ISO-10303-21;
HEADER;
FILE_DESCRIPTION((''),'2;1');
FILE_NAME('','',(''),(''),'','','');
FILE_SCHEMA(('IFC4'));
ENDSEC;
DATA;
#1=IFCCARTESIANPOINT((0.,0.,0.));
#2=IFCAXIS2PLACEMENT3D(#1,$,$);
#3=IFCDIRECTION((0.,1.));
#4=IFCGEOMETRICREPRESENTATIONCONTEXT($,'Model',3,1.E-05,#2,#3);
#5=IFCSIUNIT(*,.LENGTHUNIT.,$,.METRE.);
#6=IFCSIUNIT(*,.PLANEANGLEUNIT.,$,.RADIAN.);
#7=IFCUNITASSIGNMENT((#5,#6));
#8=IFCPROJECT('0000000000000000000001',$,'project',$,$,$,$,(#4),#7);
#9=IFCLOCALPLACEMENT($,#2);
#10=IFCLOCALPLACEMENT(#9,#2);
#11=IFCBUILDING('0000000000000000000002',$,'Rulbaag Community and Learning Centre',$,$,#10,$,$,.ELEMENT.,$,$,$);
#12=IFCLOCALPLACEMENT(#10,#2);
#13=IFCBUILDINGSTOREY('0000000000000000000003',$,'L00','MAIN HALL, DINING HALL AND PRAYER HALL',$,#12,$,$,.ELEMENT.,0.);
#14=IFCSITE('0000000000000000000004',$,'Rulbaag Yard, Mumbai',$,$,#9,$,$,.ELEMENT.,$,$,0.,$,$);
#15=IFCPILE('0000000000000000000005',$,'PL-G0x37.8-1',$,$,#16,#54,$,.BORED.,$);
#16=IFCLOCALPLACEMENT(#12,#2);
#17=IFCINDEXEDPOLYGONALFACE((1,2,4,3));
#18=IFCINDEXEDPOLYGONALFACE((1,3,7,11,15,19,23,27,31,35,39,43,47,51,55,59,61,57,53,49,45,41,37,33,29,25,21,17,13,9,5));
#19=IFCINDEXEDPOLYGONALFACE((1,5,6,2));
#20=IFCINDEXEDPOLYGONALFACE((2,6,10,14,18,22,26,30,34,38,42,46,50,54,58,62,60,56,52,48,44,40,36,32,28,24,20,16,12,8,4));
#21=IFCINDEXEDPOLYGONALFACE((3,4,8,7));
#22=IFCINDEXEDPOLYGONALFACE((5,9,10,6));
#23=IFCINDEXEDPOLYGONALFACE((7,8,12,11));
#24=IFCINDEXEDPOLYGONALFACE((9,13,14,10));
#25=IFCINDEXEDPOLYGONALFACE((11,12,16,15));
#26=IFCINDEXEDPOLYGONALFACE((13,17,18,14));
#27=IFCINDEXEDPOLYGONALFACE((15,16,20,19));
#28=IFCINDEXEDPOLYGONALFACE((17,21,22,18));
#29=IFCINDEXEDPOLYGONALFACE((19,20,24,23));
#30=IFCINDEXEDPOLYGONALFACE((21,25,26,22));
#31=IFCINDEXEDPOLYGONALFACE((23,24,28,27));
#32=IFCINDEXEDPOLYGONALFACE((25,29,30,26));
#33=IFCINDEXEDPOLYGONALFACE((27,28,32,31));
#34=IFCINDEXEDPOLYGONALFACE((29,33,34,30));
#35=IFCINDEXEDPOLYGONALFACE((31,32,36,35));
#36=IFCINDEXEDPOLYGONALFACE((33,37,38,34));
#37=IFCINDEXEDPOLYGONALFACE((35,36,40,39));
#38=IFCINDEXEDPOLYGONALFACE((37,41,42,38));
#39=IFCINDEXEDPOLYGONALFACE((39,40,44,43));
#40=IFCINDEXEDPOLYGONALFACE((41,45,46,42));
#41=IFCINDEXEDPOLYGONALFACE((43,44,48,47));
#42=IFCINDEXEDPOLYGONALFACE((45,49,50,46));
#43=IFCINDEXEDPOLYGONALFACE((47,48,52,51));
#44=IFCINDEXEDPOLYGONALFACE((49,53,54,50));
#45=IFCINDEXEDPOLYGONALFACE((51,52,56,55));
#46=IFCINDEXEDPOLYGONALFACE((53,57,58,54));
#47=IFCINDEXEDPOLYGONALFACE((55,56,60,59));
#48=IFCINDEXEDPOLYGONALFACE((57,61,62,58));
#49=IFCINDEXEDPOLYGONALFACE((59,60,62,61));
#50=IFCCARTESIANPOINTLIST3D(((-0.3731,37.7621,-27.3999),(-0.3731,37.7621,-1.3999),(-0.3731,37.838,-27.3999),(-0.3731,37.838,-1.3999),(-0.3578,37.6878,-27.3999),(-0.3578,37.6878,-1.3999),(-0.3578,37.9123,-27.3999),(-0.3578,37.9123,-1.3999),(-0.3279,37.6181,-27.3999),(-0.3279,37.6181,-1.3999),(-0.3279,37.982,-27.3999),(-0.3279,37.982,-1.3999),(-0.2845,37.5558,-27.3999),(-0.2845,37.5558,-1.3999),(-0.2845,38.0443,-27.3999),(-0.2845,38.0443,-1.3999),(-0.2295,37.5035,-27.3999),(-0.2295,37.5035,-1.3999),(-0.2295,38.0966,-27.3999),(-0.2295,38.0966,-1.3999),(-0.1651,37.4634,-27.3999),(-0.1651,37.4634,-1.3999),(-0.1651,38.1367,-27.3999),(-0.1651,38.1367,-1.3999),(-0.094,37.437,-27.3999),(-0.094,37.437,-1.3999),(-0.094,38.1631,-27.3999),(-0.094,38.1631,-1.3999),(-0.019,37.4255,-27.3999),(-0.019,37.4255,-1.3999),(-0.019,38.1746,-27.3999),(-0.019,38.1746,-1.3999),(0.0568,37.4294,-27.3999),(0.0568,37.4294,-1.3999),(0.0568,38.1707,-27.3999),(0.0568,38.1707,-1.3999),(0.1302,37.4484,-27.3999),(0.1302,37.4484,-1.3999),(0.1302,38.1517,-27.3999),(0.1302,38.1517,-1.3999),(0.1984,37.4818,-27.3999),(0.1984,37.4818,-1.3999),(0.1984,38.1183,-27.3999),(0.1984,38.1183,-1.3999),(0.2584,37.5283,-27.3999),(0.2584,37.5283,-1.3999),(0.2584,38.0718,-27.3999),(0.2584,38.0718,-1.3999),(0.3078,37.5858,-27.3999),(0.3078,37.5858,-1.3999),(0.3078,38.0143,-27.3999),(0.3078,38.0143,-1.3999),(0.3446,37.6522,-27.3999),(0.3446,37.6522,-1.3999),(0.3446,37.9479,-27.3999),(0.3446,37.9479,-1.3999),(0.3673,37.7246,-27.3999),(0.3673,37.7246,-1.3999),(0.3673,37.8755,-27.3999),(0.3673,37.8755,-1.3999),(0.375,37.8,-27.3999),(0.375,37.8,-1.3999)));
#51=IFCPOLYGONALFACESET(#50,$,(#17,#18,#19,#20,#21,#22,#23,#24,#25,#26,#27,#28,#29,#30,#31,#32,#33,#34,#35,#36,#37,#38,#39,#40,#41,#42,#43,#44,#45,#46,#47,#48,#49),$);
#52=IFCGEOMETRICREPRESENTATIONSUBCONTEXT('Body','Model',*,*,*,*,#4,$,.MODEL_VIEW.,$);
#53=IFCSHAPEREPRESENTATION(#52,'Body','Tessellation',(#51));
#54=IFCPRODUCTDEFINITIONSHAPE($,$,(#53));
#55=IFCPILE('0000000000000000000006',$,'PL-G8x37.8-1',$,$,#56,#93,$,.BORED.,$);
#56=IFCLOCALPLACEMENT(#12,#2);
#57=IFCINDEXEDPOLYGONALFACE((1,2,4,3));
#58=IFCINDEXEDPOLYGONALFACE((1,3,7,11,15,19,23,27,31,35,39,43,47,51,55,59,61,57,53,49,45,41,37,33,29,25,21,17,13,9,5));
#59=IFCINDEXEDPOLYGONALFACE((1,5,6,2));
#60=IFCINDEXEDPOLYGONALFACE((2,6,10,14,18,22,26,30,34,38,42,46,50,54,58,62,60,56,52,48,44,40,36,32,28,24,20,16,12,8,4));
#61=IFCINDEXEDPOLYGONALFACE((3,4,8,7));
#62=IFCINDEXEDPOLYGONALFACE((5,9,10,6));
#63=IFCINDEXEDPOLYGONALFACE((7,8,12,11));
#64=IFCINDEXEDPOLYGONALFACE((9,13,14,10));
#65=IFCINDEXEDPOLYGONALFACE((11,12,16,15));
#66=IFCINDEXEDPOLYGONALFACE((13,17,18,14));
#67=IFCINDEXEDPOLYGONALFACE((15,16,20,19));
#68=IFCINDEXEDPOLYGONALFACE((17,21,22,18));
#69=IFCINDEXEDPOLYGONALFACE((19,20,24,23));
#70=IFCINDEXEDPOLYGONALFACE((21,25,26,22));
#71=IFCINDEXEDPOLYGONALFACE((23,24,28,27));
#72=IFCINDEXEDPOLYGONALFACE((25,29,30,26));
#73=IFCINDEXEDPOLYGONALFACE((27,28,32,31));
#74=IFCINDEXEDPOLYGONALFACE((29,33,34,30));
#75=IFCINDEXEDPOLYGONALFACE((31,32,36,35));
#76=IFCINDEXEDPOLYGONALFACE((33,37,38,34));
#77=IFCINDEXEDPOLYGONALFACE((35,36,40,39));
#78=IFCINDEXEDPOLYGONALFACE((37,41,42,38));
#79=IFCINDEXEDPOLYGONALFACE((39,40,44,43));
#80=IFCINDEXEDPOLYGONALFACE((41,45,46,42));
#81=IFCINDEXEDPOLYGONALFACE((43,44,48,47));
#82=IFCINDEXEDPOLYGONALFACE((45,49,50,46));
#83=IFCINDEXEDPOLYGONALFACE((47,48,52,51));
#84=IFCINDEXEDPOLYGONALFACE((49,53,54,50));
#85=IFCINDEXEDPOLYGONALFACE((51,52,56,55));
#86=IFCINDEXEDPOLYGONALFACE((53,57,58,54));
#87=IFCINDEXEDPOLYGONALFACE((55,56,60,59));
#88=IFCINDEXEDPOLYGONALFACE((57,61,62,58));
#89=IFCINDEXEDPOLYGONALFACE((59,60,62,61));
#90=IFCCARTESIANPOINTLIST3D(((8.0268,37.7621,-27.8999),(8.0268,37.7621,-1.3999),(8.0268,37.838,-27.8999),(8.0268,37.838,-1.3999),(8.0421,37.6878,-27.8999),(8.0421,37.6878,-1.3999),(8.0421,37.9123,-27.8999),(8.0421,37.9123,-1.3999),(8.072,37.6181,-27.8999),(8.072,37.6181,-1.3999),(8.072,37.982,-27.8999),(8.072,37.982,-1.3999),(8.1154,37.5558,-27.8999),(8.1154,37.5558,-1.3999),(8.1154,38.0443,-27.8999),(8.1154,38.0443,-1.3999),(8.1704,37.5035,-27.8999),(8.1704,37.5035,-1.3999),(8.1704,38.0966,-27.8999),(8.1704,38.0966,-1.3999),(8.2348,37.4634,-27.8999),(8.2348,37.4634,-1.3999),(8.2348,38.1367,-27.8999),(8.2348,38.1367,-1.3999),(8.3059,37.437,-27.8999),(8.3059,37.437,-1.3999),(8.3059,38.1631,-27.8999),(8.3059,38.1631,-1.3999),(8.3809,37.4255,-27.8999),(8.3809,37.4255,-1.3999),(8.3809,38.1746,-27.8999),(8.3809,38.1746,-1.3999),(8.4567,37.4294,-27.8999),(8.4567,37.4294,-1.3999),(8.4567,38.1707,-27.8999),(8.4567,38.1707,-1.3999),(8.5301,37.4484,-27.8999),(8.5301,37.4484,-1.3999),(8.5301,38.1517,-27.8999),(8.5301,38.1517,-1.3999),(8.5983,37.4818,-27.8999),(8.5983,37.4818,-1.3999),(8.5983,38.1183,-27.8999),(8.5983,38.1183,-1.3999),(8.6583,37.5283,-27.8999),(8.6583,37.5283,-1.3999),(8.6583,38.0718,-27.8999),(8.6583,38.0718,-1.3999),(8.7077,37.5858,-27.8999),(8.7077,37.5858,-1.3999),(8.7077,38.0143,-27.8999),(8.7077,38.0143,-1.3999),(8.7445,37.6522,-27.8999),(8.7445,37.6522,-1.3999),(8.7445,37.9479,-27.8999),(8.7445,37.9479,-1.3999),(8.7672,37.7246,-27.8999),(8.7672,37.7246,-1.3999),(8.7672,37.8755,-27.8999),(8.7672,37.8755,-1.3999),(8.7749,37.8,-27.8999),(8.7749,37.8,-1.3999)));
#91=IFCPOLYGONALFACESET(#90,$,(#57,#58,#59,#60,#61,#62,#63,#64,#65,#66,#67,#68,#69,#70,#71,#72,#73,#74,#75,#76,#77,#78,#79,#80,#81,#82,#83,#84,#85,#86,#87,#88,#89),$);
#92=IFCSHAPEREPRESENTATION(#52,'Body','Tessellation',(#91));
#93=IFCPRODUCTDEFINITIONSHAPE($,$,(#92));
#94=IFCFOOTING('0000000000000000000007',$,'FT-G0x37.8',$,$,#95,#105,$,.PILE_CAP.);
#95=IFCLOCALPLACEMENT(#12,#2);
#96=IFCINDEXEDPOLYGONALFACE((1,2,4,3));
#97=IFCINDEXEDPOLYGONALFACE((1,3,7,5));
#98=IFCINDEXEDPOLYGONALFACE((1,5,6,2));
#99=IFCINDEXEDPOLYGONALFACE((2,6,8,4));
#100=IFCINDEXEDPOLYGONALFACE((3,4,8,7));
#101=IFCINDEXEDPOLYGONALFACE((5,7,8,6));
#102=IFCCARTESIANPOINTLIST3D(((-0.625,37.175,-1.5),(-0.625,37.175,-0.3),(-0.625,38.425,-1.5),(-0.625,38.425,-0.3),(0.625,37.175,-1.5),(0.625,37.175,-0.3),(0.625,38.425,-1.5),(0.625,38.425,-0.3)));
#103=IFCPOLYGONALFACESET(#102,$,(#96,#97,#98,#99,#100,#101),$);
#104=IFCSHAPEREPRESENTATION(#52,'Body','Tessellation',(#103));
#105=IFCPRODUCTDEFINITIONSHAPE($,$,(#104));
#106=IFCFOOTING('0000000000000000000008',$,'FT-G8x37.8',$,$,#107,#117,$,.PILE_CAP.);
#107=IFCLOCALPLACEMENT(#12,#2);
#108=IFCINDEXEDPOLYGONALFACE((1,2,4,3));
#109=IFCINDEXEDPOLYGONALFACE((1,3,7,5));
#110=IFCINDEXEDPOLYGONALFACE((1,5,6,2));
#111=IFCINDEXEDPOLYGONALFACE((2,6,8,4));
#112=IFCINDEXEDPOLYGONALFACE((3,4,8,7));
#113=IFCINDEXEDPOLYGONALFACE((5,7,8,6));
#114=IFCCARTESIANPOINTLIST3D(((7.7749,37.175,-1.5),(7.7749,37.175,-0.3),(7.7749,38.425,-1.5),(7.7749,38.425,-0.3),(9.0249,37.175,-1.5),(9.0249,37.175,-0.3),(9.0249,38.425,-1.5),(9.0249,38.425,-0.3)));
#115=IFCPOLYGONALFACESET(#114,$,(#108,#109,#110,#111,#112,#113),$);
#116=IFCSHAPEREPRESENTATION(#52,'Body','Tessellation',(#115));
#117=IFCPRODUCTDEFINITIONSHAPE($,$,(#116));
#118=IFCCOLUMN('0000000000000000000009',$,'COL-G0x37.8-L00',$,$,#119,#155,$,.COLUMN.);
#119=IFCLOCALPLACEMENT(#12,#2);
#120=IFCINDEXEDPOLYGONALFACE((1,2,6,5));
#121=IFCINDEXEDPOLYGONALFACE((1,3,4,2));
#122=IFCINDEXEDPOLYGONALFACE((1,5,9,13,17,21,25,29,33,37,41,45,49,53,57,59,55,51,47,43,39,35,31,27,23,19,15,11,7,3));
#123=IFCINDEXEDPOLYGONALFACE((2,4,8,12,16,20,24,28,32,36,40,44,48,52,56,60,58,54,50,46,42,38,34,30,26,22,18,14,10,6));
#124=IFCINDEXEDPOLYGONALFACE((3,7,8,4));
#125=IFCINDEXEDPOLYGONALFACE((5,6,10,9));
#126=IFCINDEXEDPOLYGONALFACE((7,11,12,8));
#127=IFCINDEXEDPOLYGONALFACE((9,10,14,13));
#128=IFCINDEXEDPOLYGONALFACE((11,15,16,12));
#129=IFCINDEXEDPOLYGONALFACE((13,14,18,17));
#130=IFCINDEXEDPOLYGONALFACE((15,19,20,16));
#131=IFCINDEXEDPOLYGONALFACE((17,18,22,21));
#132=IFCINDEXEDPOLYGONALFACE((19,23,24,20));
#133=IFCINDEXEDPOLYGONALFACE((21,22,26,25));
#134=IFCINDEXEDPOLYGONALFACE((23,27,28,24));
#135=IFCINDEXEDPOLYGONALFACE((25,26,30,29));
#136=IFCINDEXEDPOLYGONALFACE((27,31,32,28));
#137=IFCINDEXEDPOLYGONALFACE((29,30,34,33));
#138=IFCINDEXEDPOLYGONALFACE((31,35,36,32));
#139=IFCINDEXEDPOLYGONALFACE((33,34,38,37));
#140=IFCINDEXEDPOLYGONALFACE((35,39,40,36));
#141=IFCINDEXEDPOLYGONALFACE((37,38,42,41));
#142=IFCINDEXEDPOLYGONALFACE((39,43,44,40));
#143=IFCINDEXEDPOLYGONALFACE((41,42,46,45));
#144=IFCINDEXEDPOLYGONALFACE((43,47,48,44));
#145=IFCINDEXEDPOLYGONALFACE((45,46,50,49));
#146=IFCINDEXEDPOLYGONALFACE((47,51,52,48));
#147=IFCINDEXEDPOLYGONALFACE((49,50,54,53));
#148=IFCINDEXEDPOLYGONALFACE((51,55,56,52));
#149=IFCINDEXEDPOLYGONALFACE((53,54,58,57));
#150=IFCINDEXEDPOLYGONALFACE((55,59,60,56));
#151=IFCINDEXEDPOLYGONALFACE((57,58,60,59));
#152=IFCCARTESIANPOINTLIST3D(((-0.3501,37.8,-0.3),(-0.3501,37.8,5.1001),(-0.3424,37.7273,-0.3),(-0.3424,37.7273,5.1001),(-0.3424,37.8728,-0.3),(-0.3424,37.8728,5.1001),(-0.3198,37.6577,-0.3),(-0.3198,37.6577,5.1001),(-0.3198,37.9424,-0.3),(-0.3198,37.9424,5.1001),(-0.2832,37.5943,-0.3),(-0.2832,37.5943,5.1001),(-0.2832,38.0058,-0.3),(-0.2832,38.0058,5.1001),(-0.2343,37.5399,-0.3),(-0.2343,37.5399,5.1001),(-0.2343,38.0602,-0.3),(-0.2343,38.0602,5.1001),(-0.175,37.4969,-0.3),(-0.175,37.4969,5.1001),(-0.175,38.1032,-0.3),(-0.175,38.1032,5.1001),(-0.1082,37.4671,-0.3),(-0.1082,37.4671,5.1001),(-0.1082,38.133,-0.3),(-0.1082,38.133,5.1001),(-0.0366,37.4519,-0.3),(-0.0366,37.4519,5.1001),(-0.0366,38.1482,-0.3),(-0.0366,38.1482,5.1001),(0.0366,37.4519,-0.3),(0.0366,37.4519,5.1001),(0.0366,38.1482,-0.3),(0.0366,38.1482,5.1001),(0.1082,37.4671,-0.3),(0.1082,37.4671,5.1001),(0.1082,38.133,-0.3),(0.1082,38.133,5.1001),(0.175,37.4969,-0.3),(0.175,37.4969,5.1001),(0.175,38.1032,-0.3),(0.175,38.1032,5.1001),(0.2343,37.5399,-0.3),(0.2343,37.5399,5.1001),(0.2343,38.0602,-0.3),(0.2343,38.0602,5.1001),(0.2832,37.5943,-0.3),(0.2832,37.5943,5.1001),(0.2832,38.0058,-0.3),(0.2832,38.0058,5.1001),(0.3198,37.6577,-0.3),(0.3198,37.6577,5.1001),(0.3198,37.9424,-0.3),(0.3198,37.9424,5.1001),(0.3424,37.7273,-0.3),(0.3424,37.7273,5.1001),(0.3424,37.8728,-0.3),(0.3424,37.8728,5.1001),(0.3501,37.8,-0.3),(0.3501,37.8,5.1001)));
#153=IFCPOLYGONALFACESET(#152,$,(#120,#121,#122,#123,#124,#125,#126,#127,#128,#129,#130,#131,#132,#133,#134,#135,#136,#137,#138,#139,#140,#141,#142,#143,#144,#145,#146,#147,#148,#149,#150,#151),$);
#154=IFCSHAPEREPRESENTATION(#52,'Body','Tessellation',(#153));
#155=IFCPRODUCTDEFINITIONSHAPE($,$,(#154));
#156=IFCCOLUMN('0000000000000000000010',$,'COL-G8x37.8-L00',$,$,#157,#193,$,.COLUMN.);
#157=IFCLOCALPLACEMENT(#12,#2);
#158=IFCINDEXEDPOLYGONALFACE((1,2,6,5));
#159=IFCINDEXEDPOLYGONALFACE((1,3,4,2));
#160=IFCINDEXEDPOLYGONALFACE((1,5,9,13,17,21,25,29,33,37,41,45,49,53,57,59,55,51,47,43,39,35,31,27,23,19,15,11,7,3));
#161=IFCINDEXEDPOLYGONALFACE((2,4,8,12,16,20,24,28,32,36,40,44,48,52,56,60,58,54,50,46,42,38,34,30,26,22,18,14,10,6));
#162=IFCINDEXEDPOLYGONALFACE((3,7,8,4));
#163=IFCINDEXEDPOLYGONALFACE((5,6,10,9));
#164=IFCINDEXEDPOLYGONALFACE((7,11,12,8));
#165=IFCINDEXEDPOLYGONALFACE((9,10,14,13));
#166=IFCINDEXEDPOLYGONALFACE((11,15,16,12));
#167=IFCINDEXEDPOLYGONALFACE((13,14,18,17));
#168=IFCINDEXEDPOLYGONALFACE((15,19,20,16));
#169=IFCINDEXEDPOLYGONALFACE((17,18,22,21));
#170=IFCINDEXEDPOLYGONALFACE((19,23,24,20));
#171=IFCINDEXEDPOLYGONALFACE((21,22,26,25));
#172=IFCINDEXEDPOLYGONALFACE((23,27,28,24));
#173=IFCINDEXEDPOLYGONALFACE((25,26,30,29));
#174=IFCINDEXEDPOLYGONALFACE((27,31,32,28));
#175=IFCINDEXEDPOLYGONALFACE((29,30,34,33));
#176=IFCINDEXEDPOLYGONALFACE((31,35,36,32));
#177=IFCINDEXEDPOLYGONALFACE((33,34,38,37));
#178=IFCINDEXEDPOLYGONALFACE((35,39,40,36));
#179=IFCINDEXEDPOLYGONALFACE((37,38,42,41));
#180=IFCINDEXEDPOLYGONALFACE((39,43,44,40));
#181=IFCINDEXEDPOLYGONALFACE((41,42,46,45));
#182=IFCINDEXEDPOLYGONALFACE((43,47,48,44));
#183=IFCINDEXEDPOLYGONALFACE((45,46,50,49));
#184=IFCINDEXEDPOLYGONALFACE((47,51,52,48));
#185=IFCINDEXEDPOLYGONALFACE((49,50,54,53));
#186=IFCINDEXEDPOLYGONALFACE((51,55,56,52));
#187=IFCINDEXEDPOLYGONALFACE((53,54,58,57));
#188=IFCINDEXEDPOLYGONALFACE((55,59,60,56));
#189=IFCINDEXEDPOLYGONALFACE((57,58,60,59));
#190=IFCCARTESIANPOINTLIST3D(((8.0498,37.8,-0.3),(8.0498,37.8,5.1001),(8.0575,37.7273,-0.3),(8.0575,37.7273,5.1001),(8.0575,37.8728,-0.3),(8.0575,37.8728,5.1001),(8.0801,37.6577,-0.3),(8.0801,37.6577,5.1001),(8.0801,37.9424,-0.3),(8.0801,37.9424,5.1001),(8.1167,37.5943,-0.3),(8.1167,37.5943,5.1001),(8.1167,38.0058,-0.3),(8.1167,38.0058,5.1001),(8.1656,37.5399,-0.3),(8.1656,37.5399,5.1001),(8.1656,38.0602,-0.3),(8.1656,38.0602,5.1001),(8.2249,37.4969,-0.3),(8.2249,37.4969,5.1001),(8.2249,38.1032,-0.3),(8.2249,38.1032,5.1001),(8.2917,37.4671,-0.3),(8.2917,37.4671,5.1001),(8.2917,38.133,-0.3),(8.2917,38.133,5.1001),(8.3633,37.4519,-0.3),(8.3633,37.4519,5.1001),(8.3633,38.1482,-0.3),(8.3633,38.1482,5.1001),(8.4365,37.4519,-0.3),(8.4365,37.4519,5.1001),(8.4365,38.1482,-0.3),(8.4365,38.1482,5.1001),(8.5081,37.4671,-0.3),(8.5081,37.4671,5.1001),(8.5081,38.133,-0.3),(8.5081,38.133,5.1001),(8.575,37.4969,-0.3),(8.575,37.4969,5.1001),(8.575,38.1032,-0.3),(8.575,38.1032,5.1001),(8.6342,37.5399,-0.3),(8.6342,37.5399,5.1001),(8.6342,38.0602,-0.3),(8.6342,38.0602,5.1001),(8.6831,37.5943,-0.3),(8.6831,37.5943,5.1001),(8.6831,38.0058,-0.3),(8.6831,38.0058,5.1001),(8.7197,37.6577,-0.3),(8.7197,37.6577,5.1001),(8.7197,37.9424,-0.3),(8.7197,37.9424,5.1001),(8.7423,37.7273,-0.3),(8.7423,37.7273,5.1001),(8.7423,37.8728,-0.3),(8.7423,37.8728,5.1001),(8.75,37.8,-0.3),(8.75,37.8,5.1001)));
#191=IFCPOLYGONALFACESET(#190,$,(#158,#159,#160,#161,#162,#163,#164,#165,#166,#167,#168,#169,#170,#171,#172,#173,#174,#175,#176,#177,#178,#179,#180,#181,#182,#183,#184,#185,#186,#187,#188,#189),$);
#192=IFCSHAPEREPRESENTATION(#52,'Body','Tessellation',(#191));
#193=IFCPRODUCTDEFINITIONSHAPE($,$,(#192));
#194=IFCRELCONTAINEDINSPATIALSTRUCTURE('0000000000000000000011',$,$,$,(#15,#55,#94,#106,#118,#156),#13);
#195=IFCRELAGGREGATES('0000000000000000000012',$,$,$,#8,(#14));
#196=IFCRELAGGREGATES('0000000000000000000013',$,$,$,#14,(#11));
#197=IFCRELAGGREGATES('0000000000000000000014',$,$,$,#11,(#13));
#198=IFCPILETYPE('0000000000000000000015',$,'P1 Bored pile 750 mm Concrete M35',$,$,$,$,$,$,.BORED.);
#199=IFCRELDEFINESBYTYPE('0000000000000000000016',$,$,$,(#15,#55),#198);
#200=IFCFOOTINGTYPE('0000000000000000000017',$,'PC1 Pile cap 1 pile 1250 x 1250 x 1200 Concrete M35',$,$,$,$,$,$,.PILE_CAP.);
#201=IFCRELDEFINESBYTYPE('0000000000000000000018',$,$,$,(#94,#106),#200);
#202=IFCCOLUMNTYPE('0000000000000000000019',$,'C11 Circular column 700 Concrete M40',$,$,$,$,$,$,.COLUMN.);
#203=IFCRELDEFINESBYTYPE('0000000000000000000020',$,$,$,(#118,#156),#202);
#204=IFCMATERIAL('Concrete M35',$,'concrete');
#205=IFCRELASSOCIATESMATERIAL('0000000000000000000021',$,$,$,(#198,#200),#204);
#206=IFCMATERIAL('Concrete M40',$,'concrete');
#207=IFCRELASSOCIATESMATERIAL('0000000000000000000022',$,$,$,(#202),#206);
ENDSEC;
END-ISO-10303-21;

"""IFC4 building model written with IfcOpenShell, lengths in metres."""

from ifc_helpers import new_model, si_unit, direction, frame, origin, origin_2d, place, context, subcontext, project, spatial, rectangle, circle, extrude, material, material_profile, profile_set, type_object, element, save


model = new_model("IFC4")

# Units and contexts
model_context = context("Model", 3, precision=1e-05, world=origin(), true_north=direction((0.0, 1.0)))
body_context = subcontext(model_context, "Body", "Model", "MODEL_VIEW")
ifc_project = project(units=[si_unit("LENGTHUNIT", "METRE"), si_unit("PLANEANGLEUNIT", "RADIAN")], contexts=[model_context])

# Site, building, storey
site_placement = place(None, origin())
site = spatial("IfcSite", under=ifc_project, at=site_placement, Name="Rulbaag Yard, Mumbai", CompositionType="ELEMENT", RefElevation=0.0)
building_placement = place(site_placement, origin())
building = spatial("IfcBuilding", under=site, at=building_placement, Name="Rulbaag Community and Learning Centre", CompositionType="ELEMENT")
storey_placement = place(building_placement, origin())
storey = spatial("IfcBuildingStorey", under=building, at=storey_placement, Name="L00", Description="MAIN HALL, DINING HALL AND PRAYER HALL", CompositionType="ELEMENT", Elevation=0.0)

# Piles
ifc_material_1 = material(Name="Concrete M35", Category="concrete")
ifc_material_profile_1 = material_profile(ifc_material_1, circle(Radius=0.375, at=origin_2d()), Name="BP750")
ifc_profile_set_1 = profile_set([ifc_material_profile_1], Name="Concrete M35")
pile_type = type_object("IfcPileType", Name="P1 Bored pile 750 mm Concrete M35", PredefinedType="BORED", material=ifc_profile_set_1)
pile_1_placement = place(storey_placement, frame((0.0, 37.8, -1.3999), z_axis=(0.0, 0.0, -1.0), x_axis=(1.0, 0.0, 0.0)))
element("IfcPile", 1, at=pile_1_placement, inside=storey, type_object=pile_type, Name="PL-G0x37.8-1", PredefinedType="BORED", context=body_context, shape_type="SweptSolid", body=[
    extrude(circle(Radius=0.375, at=origin_2d()), origin(), (0.0, 0.0, 1.0), 26.0),
])
pile_2_placement = place(storey_placement, frame((8.3999, 37.8, -1.3999), z_axis=(0.0, 0.0, -1.0), x_axis=(1.0, 0.0, 0.0)))
element("IfcPile", 2, at=pile_2_placement, inside=storey, type_object=pile_type, Name="PL-G8x37.8-1", PredefinedType="BORED", context=body_context, shape_type="SweptSolid", body=[
    extrude(circle(Radius=0.375, at=origin_2d()), origin(), (0.0, 0.0, 1.0), 26.5),
])

# Footings
footing_type = type_object("IfcFootingType", Name="PC1 Pile cap 1 pile 1250 x 1250 x 1200 Concrete M35", PredefinedType="PILE_CAP", material=ifc_material_1)
for number, where, z_axis, x_axis, name in (
    (3, (0.0, 37.8, -1.5), (0.0, 0.0, 1.0), (1.0, 0.0, 0.0), "FT-G0x37.8"),
    (4, (8.3999, 37.8, -1.5), (0.0, 0.0, 1.0), (1.0, 0.0, 0.0), "FT-G8x37.8"),
):
    element("IfcFooting", number, at=place(storey_placement, frame(where, z_axis=z_axis, x_axis=x_axis)), inside=storey, type_object=footing_type, Name=name, PredefinedType="PILE_CAP", context=body_context, shape_type="SweptSolid", body=[
        extrude(rectangle(XDim=1.25, YDim=1.25, at=origin_2d()), origin(), (0.0, 0.0, 1.0), 1.2),
    ])

# Columns
ifc_material_2 = material(Name="Concrete M40", Category="concrete")
ifc_material_profile_2 = material_profile(ifc_material_2, circle(Radius=0.3501, at=origin_2d()), Name="RD700")
ifc_profile_set_2 = profile_set([ifc_material_profile_2], Name="Concrete M40")
column_type = type_object("IfcColumnType", Name="C11 Circular column 700 Concrete M40", PredefinedType="COLUMN", material=ifc_profile_set_2)
for number, where, z_axis, x_axis, name in (
    (5, (0.0, 37.8, -0.3), (0.0, 0.0, 1.0), (1.0, 0.0, 0.0), "COL-G0x37.8-L00"),
    (6, (8.3999, 37.8, -0.3), (0.0, 0.0, 1.0), (1.0, 0.0, 0.0), "COL-G8x37.8-L00"),
):
    element("IfcColumn", number, at=place(storey_placement, frame(where, z_axis=z_axis, x_axis=x_axis)), inside=storey, type_object=column_type, Name=name, PredefinedType="COLUMN", context=body_context, shape_type="SweptSolid", body=[
        extrude(circle(Radius=0.3501, at=origin_2d()), origin(), (0.0, 0.0, 1.0), 5.4001),
    ])

save(model, "model.ifc")
